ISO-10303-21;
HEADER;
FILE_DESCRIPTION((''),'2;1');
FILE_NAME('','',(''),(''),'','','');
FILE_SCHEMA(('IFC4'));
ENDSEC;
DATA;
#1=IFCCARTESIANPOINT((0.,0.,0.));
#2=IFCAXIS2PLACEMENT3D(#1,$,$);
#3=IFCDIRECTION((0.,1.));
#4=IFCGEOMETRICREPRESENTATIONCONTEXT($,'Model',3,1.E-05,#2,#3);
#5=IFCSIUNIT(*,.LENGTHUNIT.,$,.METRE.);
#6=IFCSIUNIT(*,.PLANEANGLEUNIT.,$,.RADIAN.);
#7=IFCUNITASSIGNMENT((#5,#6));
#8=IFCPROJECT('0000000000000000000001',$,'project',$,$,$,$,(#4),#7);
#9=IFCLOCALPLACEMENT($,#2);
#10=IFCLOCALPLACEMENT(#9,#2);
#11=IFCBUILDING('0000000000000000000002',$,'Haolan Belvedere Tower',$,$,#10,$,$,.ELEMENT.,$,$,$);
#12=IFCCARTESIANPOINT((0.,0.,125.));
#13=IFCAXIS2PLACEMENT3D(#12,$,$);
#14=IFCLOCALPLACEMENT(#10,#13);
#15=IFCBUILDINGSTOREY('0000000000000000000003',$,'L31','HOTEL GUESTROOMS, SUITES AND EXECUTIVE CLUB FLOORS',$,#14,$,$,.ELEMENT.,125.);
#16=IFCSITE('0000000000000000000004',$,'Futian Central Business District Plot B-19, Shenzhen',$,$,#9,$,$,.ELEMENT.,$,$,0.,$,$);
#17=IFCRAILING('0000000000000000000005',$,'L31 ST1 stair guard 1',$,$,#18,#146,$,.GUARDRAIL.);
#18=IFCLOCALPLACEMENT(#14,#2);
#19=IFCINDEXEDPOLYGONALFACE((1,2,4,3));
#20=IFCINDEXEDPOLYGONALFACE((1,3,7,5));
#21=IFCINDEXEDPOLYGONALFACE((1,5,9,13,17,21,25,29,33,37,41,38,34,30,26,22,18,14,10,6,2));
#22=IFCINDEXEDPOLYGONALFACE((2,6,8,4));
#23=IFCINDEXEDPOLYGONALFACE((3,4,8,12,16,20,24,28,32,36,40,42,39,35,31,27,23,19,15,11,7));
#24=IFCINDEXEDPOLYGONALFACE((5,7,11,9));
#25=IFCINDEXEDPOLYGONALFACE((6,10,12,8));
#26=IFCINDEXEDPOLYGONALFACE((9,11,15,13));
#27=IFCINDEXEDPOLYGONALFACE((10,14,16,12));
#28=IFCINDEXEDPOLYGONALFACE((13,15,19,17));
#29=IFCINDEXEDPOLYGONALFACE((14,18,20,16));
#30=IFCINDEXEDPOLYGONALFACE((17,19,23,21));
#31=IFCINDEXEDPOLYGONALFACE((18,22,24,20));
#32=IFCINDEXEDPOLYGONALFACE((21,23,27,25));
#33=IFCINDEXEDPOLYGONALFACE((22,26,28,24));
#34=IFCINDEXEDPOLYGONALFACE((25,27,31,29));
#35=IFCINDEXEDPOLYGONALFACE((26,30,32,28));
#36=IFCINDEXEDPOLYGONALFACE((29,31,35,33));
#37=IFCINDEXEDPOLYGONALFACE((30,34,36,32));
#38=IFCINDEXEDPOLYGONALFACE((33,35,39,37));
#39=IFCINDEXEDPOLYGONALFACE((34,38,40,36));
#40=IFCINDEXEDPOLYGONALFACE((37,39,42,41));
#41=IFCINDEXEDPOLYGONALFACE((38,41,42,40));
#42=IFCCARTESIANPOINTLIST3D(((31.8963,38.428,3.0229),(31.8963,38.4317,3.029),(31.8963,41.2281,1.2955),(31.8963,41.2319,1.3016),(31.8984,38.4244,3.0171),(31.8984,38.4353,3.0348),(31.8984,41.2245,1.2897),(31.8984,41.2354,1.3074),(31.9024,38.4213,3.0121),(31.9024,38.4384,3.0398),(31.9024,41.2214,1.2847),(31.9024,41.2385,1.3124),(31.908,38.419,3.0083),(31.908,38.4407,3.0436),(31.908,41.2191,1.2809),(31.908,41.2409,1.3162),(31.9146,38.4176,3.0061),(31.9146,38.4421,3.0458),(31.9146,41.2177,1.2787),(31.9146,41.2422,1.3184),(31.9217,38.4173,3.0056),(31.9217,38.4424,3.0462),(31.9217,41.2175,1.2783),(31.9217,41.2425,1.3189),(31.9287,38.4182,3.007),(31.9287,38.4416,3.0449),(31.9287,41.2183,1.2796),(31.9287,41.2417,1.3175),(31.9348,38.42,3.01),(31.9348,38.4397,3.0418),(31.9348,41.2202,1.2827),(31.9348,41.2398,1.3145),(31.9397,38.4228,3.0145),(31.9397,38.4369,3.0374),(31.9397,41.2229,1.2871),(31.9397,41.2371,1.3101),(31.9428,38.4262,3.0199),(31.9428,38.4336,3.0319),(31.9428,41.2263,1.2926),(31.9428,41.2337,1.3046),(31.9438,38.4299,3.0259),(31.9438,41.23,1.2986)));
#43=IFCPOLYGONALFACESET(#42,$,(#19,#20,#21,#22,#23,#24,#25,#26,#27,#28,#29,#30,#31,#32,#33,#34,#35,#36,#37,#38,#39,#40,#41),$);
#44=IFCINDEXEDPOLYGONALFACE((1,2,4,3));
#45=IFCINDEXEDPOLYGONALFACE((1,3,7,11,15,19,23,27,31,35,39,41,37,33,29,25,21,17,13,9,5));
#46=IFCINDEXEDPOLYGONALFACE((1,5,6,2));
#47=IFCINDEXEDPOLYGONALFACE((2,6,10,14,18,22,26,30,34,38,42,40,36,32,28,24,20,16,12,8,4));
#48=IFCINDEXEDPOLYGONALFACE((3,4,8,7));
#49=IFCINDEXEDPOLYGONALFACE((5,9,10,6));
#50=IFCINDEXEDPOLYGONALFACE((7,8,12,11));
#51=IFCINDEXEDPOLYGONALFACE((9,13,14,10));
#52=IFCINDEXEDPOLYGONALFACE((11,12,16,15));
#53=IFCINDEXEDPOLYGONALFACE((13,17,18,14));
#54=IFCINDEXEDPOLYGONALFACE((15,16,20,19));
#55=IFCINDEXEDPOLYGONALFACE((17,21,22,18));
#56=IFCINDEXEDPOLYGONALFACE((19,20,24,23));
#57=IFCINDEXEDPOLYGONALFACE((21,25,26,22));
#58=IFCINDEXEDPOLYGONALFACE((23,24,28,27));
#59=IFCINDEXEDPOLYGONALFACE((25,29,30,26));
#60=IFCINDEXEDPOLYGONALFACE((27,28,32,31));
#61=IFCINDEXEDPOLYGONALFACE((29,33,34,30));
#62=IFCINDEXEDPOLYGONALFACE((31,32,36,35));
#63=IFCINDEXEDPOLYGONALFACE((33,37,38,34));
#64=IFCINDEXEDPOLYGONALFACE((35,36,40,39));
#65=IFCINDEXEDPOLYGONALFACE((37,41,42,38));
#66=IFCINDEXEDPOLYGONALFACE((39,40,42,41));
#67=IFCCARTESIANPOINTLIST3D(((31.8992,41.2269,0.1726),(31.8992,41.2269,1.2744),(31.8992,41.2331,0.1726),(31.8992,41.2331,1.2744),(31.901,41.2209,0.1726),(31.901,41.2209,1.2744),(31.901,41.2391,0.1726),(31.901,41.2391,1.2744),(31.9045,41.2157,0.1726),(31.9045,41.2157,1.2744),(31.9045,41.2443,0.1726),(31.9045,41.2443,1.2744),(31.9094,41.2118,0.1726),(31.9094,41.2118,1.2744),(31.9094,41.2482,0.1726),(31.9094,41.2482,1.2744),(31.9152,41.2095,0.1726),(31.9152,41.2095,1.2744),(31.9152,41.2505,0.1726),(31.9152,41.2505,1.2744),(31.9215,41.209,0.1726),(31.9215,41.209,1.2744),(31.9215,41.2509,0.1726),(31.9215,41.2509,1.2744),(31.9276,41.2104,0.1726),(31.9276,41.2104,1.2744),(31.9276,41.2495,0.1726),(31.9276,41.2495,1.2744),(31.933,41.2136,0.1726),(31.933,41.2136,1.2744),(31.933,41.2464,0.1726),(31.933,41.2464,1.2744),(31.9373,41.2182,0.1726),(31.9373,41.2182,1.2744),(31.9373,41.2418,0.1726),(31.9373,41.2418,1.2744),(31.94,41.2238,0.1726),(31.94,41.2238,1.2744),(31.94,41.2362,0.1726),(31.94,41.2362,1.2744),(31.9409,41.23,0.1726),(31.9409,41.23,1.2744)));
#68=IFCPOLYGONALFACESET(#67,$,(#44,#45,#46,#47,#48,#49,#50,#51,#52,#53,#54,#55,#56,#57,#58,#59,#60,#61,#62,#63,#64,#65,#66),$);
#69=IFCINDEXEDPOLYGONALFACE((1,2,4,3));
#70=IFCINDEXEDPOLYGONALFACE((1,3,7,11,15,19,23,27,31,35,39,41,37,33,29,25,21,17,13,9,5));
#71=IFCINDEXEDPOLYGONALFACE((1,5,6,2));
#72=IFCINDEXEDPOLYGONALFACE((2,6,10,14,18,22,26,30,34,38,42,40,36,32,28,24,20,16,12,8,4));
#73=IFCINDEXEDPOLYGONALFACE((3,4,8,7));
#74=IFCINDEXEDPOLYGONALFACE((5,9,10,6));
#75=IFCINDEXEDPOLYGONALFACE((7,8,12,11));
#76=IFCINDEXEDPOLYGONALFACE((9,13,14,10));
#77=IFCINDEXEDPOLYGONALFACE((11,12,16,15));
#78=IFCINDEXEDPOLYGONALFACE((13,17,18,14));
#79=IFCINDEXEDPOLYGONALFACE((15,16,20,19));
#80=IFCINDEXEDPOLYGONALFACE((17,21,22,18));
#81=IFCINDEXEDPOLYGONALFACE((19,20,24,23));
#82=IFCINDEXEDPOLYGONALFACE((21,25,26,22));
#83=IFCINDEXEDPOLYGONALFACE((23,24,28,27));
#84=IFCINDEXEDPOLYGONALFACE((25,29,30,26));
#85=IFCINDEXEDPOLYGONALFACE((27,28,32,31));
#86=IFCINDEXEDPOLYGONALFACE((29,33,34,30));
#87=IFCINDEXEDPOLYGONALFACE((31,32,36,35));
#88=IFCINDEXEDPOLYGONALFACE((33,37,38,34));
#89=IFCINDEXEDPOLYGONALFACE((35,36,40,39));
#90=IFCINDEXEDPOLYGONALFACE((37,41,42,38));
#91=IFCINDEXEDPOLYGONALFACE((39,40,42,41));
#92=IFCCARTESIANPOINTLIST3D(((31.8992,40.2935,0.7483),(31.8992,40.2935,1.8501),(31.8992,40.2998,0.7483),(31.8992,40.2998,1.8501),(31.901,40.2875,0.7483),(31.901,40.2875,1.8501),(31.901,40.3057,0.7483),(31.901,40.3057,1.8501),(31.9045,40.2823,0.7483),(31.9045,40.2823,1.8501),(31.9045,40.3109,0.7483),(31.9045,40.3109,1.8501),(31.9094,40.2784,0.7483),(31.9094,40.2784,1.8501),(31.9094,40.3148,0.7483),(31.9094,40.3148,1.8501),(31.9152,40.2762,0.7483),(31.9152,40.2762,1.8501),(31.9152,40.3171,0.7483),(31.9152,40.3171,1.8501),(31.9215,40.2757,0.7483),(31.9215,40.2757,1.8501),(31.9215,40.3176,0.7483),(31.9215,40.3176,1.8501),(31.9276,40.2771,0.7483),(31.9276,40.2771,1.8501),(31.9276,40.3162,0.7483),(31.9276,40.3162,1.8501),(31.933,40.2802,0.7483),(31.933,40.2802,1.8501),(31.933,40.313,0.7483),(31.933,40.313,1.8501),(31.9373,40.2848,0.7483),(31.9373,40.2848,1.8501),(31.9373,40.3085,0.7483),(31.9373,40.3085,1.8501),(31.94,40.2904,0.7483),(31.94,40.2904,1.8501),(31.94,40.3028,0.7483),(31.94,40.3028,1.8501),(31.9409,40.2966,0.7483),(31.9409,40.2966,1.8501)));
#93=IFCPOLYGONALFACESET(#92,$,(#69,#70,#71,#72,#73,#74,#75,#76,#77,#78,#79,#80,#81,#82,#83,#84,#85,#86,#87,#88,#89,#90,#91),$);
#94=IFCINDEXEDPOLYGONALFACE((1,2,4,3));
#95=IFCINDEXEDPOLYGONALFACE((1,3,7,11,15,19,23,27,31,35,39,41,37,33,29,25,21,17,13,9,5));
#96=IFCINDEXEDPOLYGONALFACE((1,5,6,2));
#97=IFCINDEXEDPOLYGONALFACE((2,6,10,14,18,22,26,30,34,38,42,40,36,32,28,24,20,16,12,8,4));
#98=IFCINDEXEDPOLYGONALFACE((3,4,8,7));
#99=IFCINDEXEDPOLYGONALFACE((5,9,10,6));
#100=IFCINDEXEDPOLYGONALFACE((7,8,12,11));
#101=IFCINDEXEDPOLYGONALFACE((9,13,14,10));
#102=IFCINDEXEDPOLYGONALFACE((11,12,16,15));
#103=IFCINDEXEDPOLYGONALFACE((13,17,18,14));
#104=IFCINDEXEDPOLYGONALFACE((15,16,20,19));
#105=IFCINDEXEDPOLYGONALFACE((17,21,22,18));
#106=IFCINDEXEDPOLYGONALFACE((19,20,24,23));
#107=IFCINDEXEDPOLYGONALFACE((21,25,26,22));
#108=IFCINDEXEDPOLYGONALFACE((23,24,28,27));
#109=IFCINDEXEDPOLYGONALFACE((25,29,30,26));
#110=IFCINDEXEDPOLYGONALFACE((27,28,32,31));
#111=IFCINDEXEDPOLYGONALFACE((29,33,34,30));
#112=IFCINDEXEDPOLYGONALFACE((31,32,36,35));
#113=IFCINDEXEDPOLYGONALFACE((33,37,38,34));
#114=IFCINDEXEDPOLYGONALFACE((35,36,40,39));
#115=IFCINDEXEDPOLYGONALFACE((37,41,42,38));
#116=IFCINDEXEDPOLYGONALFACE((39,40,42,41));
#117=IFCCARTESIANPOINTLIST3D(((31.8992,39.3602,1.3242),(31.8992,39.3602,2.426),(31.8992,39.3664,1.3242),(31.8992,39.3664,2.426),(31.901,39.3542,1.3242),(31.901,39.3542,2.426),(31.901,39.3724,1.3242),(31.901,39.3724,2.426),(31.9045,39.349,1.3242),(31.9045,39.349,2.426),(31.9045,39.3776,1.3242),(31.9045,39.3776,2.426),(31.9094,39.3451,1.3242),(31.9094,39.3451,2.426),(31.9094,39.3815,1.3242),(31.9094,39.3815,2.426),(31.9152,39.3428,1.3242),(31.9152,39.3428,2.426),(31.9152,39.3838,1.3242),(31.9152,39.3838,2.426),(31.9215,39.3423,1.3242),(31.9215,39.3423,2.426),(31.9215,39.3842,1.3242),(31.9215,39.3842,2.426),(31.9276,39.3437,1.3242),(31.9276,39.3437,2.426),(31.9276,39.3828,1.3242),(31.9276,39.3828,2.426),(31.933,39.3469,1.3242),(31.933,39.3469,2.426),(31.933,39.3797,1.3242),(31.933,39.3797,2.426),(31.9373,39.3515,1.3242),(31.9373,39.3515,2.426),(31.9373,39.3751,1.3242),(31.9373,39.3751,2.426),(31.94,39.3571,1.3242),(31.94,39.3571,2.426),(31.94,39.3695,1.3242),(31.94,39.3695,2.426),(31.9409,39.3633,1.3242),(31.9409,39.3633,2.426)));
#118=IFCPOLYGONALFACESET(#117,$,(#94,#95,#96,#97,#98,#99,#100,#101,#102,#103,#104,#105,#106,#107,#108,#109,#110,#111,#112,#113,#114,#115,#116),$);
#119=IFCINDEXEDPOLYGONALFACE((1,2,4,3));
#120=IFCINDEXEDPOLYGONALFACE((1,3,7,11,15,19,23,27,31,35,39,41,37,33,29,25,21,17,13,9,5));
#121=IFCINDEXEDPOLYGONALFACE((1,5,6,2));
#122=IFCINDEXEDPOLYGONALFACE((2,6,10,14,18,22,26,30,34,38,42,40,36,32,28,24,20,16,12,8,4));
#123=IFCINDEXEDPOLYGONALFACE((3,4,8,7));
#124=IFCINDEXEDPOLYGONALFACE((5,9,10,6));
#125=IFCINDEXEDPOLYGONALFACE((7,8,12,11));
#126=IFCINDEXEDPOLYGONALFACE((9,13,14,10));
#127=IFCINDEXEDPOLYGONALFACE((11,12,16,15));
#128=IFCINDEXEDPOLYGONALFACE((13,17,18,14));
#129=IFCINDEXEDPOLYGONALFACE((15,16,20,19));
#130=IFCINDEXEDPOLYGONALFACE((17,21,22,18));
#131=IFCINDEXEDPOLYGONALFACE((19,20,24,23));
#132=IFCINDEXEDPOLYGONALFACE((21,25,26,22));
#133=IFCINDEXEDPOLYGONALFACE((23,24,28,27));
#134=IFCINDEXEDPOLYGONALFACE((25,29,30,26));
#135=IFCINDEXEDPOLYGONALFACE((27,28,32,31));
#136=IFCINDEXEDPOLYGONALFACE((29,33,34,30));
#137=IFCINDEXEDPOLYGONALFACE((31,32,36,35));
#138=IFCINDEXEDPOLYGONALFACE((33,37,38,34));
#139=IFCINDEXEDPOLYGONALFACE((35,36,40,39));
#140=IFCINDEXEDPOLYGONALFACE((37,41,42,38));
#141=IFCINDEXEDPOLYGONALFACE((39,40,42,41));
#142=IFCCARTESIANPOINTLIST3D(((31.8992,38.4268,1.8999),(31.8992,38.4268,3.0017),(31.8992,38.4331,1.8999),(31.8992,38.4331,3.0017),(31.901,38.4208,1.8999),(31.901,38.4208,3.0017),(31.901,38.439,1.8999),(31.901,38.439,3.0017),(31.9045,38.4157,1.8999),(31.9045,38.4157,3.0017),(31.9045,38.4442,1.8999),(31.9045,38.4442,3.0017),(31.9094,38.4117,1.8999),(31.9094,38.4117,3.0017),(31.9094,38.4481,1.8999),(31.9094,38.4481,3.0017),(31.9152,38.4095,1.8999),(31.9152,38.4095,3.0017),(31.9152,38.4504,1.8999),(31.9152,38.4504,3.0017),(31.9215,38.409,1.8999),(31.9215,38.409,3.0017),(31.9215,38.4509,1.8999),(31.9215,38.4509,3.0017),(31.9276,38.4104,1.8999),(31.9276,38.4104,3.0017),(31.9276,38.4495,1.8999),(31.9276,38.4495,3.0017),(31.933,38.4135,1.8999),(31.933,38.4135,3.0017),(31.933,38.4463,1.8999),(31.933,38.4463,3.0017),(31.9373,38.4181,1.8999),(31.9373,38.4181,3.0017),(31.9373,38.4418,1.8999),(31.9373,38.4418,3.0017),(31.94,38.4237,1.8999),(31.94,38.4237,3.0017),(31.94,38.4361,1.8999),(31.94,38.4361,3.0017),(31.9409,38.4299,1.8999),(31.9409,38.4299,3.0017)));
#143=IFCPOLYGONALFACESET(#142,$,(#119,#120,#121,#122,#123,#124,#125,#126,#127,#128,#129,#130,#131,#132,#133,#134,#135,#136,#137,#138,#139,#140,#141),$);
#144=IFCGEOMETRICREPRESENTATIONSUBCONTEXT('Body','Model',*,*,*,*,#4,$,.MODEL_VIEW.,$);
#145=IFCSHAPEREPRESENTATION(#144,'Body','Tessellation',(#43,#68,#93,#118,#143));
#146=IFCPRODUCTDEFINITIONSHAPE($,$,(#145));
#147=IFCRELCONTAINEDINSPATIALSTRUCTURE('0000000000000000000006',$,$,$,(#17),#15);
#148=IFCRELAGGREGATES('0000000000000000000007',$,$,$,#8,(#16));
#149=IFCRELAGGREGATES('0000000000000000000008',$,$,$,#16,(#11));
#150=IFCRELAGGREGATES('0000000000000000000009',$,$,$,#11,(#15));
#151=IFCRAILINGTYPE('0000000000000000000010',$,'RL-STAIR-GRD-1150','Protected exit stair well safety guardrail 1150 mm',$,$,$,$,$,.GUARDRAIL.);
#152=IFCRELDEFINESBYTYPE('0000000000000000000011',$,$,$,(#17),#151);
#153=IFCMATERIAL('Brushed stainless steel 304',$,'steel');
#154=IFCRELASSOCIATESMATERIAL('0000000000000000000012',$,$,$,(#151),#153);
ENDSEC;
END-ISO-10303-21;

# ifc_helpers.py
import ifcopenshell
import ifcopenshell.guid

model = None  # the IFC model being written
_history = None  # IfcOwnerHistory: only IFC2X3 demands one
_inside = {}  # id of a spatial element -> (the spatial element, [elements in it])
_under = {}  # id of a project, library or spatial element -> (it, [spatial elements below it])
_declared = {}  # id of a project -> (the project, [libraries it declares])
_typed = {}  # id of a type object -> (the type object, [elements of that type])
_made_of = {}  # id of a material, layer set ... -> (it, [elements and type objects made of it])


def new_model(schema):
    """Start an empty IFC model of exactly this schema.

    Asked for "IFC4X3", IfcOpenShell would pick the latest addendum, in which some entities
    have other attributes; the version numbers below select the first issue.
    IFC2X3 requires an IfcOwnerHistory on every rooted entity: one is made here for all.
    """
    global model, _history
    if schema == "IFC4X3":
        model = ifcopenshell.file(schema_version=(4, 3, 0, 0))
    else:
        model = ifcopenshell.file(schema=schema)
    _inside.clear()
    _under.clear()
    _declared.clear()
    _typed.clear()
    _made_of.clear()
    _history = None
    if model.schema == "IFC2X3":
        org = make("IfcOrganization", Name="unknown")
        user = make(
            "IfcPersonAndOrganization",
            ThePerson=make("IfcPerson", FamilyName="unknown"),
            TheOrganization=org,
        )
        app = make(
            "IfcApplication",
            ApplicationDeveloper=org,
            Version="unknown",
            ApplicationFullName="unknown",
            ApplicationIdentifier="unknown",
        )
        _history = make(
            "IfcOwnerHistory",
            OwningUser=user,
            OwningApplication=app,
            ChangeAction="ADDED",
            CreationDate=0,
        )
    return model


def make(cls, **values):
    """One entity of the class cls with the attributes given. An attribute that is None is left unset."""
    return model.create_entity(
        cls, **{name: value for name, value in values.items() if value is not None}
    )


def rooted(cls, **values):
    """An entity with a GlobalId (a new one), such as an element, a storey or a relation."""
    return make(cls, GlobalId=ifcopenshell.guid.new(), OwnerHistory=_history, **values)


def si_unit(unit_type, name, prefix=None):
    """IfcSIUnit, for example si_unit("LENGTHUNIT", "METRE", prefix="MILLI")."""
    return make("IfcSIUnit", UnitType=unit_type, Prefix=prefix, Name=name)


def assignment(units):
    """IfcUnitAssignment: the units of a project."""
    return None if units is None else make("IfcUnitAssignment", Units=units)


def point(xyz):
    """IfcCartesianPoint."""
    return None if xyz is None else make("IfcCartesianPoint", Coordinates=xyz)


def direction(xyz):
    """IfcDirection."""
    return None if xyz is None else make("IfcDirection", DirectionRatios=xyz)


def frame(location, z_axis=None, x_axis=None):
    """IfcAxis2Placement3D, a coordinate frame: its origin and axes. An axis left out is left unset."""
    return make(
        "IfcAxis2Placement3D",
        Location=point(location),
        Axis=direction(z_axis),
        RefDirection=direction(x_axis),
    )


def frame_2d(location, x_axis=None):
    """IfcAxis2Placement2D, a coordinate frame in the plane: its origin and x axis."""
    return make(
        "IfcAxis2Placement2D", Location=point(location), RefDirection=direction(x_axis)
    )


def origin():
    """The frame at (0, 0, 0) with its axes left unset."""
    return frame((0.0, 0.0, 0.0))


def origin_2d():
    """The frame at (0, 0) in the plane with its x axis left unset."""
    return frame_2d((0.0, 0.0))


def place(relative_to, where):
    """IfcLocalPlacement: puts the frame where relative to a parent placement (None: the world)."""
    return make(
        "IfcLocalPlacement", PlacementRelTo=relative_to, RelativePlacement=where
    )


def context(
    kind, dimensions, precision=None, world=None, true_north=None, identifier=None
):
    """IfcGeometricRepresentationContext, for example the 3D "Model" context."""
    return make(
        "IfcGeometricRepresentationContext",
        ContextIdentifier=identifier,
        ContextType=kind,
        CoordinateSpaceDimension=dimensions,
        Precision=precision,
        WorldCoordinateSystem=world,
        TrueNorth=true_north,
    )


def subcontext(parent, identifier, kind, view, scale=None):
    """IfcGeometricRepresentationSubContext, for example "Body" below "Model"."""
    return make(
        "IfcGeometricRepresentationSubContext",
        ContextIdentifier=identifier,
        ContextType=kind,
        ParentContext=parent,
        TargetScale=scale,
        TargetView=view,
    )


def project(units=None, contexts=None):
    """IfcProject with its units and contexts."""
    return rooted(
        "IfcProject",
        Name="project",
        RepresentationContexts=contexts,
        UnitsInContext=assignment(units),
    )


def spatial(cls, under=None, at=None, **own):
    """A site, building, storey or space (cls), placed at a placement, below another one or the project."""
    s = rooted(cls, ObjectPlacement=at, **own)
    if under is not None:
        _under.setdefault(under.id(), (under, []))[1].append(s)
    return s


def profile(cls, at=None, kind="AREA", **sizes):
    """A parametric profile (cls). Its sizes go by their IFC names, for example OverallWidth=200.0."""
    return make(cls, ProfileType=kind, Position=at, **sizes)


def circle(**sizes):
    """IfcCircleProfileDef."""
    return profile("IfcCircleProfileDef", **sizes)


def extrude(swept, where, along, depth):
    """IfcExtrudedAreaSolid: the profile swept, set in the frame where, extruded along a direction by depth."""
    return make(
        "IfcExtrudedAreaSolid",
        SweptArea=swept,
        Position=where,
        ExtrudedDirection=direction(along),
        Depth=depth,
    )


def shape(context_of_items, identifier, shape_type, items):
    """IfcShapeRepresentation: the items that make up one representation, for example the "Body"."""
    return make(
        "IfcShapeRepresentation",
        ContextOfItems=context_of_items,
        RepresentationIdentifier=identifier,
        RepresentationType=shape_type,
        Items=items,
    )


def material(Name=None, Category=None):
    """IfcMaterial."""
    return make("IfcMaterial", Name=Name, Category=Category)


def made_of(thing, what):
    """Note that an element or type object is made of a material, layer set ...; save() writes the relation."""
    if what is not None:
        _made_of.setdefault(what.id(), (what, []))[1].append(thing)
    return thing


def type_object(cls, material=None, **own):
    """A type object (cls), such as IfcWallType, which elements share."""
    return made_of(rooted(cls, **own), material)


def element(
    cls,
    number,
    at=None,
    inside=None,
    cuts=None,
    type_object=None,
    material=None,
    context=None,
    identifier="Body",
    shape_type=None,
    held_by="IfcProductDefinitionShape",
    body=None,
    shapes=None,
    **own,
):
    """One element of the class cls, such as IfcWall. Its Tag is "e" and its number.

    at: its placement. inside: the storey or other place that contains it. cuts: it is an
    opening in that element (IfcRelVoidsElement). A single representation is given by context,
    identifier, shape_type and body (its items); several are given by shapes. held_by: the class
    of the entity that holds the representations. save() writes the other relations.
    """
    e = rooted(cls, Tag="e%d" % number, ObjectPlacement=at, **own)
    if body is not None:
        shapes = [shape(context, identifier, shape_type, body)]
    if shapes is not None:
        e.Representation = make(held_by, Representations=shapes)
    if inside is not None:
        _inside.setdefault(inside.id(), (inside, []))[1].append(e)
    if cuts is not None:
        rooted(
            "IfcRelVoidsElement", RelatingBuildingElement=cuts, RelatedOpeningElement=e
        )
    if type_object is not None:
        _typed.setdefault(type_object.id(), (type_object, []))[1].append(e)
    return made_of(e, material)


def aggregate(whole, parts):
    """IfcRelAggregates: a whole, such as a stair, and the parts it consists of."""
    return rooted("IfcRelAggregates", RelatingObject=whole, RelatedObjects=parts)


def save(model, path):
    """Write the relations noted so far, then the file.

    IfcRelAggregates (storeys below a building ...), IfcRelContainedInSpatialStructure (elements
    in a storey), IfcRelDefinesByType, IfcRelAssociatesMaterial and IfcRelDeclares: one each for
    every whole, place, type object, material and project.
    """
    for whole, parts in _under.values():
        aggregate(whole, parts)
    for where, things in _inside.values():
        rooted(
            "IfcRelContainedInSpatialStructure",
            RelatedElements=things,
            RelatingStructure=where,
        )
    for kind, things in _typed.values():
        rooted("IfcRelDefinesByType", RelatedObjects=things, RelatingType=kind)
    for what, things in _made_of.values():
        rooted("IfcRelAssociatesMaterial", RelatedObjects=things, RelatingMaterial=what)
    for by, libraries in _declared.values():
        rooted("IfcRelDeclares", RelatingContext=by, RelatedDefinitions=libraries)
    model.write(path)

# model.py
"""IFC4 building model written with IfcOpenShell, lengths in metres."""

from ifc_helpers import new_model, si_unit, direction, frame, origin, origin_2d, place, context, subcontext, project, spatial, circle, extrude, material, type_object, element, save


model = new_model("IFC4")

# Units and contexts
model_context = context("Model", 3, precision=1e-05, world=origin(), true_north=direction((0.0, 1.0)))
body_context = subcontext(model_context, "Body", "Model", "MODEL_VIEW")
ifc_project = project(units=[si_unit("LENGTHUNIT", "METRE"), si_unit("PLANEANGLEUNIT", "RADIAN")], contexts=[model_context])

# Site, building, storey
site_placement = place(None, origin())
site = spatial("IfcSite", under=ifc_project, at=site_placement, Name="Futian Central Business District Plot B-19, Shenzhen", CompositionType="ELEMENT", RefElevation=0.0)
building_placement = place(site_placement, origin())
building = spatial("IfcBuilding", under=site, at=building_placement, Name="Haolan Belvedere Tower", CompositionType="ELEMENT")
storey_placement = place(building_placement, frame((0.0, 0.0, 125.0)))
storey = spatial("IfcBuildingStorey", under=building, at=storey_placement, Name="L31", Description="HOTEL GUESTROOMS, SUITES AND EXECUTIVE CLUB FLOORS", CompositionType="ELEMENT", Elevation=125.0)

# Railing
ifc_material_1 = material(Name="Brushed stainless steel 304", Category="steel")
railing_type = type_object("IfcRailingType", Name="RL-STAIR-GRD-1150", Description="Protected exit stair well safety guardrail 1150 mm", PredefinedType="GUARDRAIL", material=ifc_material_1)
railing_1_placement = place(storey_placement, frame((31.9199, 41.23, 0.1726)))
element("IfcRailing", 1, at=railing_1_placement, inside=storey, type_object=railing_type, Name="L31 ST1 stair guard 1", PredefinedType="GUARDRAIL", context=body_context, shape_type="SweptSolid", body=[
    extrude(circle(Radius=0.0239, at=origin_2d()), frame((0.0, 0.0, 1.126), z_axis=(0.0, -0.85109, 0.52502), x_axis=(1.0, 0.0, 0.0)), (0.0, 0.0, 1.0), 3.29),
    extrude(circle(Radius=0.021, at=origin_2d()), origin(), (0.0, 0.0, 1.0), 1.1018),
    extrude(circle(Radius=0.021, at=origin_2d()), frame((0.0, -0.9333, 0.5757)), (0.0, 0.0, 1.0), 1.1018),
    extrude(circle(Radius=0.021, at=origin_2d()), frame((0.0, -1.8667, 1.1516)), (0.0, 0.0, 1.0), 1.1018),
    extrude(circle(Radius=0.021, at=origin_2d()), frame((0.0, -2.8, 1.7273)), (0.0, 0.0, 1.0), 1.1018),
])

save(model, "model.ifc")
